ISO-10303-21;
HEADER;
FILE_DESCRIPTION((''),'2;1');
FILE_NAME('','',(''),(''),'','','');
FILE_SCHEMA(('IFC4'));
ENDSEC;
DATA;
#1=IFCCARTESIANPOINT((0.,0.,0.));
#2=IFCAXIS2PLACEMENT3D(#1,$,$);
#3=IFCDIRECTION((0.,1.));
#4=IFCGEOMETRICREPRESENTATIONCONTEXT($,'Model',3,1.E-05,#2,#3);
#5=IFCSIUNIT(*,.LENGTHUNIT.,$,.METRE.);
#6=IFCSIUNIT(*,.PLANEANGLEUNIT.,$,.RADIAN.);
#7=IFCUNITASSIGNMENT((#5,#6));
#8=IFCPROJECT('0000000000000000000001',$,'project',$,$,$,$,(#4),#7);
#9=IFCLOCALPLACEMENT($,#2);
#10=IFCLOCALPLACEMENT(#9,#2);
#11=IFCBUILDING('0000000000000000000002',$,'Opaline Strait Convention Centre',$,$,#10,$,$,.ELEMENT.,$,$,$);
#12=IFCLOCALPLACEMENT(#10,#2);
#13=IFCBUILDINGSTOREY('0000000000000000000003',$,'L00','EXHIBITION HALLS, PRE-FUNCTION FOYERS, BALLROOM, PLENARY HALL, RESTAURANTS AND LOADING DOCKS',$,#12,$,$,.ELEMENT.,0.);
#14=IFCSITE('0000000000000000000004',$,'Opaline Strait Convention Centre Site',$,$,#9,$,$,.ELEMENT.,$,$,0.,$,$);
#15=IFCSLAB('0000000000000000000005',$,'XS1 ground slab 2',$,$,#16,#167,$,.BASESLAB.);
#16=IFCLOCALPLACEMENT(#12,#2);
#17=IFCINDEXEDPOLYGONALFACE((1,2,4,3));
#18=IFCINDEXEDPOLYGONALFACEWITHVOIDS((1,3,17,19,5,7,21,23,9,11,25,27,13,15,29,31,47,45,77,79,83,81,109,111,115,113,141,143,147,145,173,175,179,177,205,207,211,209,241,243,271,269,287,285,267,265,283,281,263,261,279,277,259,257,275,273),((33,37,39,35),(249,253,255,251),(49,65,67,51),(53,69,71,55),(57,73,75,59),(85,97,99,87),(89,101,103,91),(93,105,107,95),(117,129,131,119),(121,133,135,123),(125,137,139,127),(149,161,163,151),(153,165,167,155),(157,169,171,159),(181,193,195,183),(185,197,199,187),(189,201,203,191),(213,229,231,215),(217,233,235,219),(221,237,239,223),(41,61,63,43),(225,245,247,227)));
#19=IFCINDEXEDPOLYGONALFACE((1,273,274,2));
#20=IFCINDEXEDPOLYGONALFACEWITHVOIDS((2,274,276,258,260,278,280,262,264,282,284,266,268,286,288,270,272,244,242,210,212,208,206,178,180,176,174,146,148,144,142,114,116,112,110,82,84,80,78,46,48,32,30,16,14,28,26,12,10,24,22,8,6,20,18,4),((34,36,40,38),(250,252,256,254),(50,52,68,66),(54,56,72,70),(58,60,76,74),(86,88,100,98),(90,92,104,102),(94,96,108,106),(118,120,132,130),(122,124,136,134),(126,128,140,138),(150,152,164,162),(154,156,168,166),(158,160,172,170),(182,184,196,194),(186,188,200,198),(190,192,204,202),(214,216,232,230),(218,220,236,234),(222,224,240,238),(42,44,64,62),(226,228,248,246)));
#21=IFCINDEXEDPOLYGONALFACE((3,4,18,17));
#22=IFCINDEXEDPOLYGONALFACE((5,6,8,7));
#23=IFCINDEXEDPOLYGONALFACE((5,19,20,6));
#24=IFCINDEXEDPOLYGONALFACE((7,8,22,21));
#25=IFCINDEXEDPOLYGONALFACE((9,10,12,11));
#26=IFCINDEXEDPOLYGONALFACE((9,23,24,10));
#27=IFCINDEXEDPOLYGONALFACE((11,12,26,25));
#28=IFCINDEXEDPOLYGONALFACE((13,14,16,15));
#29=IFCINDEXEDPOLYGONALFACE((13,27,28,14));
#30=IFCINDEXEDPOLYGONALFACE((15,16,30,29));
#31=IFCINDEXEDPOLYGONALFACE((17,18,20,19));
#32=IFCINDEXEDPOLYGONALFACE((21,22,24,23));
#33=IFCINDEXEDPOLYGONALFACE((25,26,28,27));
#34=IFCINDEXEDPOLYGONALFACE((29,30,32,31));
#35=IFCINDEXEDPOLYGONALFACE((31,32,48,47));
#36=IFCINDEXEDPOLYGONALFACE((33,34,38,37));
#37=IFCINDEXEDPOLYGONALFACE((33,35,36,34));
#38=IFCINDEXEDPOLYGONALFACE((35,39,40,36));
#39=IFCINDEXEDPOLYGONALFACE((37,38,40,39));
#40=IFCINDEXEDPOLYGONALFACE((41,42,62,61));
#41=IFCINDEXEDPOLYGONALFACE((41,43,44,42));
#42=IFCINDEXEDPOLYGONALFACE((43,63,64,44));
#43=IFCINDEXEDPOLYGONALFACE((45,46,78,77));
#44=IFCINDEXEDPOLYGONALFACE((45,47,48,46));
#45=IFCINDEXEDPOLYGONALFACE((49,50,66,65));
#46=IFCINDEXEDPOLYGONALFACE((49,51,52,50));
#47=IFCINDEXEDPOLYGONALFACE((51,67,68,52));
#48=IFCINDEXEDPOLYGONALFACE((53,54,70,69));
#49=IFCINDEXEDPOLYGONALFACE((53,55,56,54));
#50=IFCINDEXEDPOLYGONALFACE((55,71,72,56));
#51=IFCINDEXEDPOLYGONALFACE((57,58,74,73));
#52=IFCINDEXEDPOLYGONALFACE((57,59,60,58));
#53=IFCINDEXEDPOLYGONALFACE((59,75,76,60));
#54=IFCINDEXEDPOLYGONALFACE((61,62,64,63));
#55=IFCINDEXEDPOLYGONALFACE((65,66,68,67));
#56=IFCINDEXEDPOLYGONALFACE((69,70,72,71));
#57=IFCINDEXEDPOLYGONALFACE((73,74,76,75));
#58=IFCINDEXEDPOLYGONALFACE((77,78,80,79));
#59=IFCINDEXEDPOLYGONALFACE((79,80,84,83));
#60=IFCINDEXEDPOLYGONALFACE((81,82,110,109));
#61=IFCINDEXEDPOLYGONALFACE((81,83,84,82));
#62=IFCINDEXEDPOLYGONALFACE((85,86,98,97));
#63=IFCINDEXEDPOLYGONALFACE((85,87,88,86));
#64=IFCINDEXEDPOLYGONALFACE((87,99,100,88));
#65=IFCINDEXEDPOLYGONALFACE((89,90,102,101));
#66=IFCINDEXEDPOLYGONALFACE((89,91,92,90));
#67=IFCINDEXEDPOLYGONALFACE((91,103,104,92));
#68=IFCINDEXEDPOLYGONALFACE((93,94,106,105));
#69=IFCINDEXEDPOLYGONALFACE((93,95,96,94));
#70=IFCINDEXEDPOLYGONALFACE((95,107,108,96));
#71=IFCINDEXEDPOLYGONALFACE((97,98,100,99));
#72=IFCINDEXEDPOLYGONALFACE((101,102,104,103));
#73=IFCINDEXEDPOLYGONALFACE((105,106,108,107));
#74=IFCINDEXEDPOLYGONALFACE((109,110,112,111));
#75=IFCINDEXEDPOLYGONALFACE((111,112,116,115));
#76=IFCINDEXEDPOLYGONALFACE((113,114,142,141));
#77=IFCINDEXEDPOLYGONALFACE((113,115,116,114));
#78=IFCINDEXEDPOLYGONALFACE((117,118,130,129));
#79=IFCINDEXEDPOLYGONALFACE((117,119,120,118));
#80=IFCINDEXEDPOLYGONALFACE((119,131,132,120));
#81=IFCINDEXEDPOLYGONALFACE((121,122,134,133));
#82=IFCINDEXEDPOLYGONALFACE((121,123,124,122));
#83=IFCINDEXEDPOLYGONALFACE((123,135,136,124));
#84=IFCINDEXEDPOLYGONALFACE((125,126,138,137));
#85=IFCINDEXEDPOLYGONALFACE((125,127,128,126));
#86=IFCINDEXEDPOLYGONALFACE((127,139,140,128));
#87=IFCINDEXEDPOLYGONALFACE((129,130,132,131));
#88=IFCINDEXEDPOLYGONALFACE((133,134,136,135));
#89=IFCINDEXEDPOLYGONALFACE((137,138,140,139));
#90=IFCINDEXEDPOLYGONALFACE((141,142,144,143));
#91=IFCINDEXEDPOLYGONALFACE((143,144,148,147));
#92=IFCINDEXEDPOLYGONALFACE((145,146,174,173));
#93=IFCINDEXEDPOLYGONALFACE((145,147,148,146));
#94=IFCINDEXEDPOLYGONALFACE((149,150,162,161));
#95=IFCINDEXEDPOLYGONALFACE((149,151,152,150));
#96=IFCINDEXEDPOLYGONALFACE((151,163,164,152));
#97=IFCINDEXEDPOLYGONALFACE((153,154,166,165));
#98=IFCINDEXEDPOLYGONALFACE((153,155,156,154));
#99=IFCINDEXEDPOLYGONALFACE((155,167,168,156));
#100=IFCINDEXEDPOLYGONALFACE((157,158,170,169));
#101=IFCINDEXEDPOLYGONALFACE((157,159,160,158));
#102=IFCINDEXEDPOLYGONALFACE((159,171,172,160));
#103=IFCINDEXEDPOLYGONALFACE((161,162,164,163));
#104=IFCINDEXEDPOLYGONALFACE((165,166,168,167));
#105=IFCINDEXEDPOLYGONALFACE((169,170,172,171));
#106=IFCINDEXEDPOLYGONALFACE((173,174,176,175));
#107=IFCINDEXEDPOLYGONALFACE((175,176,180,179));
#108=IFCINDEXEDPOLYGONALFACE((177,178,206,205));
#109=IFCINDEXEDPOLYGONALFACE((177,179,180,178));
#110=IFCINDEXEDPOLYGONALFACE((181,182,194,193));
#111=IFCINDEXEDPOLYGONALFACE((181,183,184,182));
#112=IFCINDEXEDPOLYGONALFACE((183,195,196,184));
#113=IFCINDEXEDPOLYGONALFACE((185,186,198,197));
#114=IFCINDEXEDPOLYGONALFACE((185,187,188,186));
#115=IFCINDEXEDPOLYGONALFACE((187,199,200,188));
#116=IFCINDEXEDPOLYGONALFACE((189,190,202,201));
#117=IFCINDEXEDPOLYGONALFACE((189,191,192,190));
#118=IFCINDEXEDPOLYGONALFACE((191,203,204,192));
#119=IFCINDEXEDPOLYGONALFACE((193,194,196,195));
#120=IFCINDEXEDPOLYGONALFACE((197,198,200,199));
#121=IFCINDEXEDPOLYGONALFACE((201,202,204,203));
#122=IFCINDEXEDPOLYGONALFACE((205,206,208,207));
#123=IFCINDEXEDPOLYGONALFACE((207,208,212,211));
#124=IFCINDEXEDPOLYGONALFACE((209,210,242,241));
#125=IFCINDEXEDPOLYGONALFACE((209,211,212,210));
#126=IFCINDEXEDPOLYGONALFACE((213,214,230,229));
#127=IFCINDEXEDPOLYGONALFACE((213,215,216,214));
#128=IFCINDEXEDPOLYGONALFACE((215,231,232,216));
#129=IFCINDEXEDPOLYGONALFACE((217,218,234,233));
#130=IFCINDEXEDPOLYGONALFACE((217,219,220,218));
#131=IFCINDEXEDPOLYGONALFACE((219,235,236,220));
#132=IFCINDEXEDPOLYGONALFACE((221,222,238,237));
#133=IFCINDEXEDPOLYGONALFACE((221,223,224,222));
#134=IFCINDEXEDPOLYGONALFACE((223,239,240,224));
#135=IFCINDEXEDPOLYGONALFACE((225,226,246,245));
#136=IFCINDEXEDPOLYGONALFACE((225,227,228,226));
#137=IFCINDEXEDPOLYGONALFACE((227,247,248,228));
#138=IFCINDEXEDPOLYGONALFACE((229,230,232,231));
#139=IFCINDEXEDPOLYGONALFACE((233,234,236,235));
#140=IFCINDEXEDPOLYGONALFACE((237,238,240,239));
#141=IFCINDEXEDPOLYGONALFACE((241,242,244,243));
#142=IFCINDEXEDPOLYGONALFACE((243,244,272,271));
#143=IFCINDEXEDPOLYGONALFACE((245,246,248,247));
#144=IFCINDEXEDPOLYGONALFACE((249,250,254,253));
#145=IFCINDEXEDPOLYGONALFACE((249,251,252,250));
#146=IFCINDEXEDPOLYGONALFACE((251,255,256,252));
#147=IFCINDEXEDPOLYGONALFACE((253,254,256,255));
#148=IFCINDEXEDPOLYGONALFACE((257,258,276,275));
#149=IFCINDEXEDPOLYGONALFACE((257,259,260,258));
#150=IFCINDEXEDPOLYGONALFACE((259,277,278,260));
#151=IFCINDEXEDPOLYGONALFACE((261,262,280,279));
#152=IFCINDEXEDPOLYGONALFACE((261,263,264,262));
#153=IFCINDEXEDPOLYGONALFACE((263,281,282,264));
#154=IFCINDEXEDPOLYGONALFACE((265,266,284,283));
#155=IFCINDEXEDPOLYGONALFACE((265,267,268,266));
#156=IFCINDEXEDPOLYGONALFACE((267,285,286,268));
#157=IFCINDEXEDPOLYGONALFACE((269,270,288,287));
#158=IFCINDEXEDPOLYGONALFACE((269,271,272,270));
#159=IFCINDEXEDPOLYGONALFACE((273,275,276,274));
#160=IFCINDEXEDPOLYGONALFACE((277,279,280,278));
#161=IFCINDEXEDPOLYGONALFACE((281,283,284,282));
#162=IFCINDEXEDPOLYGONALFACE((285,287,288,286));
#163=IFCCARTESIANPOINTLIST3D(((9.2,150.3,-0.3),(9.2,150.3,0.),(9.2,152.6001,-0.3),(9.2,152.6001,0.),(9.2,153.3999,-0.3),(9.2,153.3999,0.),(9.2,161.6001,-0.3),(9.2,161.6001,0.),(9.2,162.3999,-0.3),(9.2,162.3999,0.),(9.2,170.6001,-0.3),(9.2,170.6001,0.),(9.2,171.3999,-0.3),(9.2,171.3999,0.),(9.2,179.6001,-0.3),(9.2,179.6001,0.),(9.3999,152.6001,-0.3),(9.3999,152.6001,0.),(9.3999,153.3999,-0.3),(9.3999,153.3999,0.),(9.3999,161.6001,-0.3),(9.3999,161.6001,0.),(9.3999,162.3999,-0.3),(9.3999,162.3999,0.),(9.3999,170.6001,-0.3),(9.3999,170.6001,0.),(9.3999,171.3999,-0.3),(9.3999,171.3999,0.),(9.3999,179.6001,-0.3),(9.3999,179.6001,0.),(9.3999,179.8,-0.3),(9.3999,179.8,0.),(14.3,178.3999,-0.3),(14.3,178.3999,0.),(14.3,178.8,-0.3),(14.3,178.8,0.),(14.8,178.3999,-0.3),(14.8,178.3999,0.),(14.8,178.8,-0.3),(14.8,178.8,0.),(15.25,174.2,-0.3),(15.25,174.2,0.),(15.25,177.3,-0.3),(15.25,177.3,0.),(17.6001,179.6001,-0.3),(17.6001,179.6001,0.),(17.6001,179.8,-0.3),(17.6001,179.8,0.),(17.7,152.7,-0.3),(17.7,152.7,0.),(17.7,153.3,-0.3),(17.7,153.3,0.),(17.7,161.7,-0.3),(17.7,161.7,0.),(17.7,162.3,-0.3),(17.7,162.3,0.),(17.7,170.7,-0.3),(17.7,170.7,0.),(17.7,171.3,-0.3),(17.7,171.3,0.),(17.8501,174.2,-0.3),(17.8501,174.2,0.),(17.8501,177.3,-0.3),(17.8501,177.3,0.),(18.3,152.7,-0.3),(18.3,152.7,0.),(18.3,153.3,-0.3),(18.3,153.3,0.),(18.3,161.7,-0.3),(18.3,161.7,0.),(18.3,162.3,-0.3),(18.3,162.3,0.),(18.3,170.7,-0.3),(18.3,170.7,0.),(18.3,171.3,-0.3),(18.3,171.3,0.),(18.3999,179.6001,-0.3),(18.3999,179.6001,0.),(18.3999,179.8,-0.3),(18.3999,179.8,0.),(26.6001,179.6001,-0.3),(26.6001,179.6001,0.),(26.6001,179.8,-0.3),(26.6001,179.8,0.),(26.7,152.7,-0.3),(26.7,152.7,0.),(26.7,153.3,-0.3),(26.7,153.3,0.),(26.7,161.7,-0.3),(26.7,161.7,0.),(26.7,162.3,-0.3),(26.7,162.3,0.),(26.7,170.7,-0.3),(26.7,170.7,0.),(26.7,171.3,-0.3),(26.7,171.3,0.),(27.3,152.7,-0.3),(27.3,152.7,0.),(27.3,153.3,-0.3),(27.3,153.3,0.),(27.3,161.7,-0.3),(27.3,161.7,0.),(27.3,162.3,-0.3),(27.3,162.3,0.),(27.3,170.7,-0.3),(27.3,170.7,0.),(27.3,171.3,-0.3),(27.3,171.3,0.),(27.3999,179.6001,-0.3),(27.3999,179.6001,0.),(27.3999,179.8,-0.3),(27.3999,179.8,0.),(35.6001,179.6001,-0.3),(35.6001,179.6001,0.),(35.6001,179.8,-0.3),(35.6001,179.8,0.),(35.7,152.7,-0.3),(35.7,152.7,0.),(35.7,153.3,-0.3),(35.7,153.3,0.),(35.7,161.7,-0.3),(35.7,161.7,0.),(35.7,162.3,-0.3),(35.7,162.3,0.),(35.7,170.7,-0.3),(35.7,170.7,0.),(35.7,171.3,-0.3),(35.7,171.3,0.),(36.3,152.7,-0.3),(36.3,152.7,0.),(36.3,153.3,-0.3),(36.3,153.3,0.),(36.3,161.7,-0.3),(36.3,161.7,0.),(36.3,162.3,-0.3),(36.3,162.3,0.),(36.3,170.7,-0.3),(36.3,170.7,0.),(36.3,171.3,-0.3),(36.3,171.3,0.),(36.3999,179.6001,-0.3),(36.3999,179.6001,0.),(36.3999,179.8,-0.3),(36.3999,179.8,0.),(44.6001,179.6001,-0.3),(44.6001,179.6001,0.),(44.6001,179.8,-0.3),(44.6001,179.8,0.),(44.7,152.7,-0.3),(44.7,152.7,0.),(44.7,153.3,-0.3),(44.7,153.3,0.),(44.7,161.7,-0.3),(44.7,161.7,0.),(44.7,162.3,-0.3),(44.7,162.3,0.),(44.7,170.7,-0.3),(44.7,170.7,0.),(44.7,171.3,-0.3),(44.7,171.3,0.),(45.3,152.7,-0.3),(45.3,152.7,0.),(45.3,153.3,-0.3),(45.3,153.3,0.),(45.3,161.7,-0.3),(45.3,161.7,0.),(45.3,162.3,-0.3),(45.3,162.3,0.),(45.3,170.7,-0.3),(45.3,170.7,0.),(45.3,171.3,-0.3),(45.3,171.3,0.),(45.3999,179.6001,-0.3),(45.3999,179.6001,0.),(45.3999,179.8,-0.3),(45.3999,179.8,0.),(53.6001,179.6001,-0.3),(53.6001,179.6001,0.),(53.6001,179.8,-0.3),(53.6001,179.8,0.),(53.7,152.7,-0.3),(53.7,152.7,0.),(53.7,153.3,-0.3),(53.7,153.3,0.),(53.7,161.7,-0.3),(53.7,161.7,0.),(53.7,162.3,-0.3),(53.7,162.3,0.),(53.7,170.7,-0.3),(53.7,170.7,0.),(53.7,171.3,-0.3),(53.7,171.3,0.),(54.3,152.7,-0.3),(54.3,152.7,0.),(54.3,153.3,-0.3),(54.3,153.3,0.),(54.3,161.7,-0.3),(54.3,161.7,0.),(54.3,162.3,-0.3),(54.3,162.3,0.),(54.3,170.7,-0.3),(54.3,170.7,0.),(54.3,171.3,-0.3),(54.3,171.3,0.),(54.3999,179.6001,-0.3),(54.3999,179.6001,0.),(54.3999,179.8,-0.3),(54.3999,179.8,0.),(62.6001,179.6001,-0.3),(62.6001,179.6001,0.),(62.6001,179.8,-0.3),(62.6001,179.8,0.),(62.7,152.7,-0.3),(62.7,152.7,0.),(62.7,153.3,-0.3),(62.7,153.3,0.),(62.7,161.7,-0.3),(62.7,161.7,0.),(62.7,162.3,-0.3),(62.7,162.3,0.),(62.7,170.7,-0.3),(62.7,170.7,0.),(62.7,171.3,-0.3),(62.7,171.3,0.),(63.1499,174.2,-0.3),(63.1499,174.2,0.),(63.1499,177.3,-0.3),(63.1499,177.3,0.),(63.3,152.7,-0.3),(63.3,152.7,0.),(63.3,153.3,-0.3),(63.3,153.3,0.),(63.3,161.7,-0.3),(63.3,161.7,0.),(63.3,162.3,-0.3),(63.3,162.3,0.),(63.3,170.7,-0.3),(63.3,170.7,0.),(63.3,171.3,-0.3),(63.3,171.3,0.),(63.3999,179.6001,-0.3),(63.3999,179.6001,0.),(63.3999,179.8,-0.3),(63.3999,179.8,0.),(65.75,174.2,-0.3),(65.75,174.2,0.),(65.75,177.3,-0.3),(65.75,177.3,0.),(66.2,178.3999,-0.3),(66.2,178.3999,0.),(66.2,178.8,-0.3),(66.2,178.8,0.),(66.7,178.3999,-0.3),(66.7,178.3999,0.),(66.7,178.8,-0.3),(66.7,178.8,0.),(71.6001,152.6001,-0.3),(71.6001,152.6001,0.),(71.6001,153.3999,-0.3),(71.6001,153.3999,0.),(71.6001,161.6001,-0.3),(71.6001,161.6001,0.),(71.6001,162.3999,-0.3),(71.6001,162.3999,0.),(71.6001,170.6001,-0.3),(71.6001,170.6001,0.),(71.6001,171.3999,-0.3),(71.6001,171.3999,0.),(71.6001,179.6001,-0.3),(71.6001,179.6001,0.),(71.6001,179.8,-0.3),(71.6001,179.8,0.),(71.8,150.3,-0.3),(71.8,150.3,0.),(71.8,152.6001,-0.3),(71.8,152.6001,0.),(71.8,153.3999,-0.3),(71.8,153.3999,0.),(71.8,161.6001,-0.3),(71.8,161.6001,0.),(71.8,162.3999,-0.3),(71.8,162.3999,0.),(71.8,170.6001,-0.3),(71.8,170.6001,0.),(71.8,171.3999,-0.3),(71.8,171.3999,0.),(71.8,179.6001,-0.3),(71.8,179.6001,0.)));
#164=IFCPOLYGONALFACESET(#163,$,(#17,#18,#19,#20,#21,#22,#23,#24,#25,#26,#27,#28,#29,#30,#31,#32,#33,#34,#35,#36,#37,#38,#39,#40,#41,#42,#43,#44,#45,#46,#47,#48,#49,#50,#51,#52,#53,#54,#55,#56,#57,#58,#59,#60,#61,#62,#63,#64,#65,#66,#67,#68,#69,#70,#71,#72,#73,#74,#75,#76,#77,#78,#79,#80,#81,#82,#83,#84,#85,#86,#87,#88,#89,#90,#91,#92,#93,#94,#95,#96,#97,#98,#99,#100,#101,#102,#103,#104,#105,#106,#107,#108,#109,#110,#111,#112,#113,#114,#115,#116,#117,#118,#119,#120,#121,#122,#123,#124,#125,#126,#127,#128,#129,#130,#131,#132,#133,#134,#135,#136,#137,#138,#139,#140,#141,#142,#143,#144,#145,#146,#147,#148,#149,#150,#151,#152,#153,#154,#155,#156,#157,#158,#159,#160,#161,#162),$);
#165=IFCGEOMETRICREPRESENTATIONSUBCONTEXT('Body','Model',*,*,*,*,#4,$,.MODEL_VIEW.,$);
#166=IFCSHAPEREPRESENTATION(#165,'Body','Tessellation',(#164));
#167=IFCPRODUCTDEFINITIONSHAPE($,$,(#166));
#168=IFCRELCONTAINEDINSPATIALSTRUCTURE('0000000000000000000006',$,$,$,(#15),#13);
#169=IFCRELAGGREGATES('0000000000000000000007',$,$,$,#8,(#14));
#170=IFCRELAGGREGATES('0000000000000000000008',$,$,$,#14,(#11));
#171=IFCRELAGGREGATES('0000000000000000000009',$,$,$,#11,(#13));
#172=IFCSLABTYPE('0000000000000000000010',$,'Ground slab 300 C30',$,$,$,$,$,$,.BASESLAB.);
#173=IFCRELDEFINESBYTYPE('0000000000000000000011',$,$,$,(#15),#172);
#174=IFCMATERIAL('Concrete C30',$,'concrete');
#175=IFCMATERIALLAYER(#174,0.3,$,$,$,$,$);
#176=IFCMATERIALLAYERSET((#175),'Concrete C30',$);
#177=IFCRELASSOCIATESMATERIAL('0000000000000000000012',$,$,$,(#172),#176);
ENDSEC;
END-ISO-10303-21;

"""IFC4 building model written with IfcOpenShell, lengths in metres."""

from ifc_helpers import new_model, si_unit, direction, frame, origin, place, context, subcontext, project, spatial, polyline, outline, extrude, material, layer, layer_set, type_object, element, save


model = new_model("IFC4")

# Units and contexts
model_context = context("Model", 3, precision=1e-05, world=origin(), true_north=direction((0.0, 1.0)))
body_context = subcontext(model_context, "Body", "Model", "MODEL_VIEW")
ifc_project = project(units=[si_unit("LENGTHUNIT", "METRE"), si_unit("PLANEANGLEUNIT", "RADIAN")], contexts=[model_context])

# Site, building, storey
site_placement = place(None, origin())
site = spatial("IfcSite", under=ifc_project, at=site_placement, Name="Opaline Strait Convention Centre Site", CompositionType="ELEMENT", RefElevation=0.0)
building_placement = place(site_placement, origin())
building = spatial("IfcBuilding", under=site, at=building_placement, Name="Opaline Strait Convention Centre", CompositionType="ELEMENT")
storey_placement = place(building_placement, origin())
storey = spatial("IfcBuildingStorey", under=building, at=storey_placement, Name="L00", Description="EXHIBITION HALLS, PRE-FUNCTION FOYERS, BALLROOM, PLENARY HALL, RESTAURANTS AND LOADING DOCKS", CompositionType="ELEMENT", Elevation=0.0)

# Slab
ifc_material = material(Name="Concrete C30", Category="concrete")
ifc_layer_1 = layer(ifc_material, 0.3)
ifc_layer_set_1 = layer_set([ifc_layer_1], Name="Concrete C30")
slab_type_1 = type_object("IfcSlabType", Name="Ground slab 300 C30", PredefinedType="BASESLAB", material=ifc_layer_set_1)
slab_1_placement = place(storey_placement, frame((0.0, 0.0, -0.3)))
element("IfcSlab", 1, at=slab_1_placement, inside=storey, type_object=slab_type_1, Name="XS1 ground slab 2", PredefinedType="BASESLAB", context=body_context, shape_type="SweptSolid", body=[
    extrude(outline(polyline([(9.2, 150.3), (9.2, 152.6001), (9.3999, 152.6001), (9.3999, 153.3999), (9.2, 153.3999), (9.2, 161.6001), (9.3999, 161.6001), (9.3999, 162.3999), (9.2, 162.3999), (9.2, 170.6001), (9.3999, 170.6001), (9.3999, 171.3999), (9.2, 171.3999), (9.2, 179.6001), (9.3999, 179.6001), (9.3999, 179.8), (17.6001, 179.8), (17.6001, 179.6001), (18.3999, 179.6001), (18.3999, 179.8), (26.6001, 179.8), (26.6001, 179.6001), (27.3999, 179.6001), (27.3999, 179.8), (35.6001, 179.8), (35.6001, 179.6001), (36.3999, 179.6001), (36.3999, 179.8), (44.6001, 179.8), (44.6001, 179.6001), (45.3999, 179.6001), (45.3999, 179.8), (53.6001, 179.8), (53.6001, 179.6001), (54.3999, 179.6001), (54.3999, 179.8), (62.6001, 179.8), (62.6001, 179.6001), (63.3999, 179.6001), (63.3999, 179.8), (71.6001, 179.8), (71.6001, 179.6001), (71.8, 179.6001), (71.8, 171.3999), (71.6001, 171.3999), (71.6001, 170.6001), (71.8, 170.6001), (71.8, 162.3999), (71.6001, 162.3999), (71.6001, 161.6001), (71.8, 161.6001), (71.8, 153.3999), (71.6001, 153.3999), (71.6001, 152.6001), (71.8, 152.6001), (71.8, 150.3), (9.2, 150.3)]), holes=[polyline([(15.25, 174.2), (17.8501, 174.2), (17.8501, 177.3), (15.25, 177.3), (15.25, 174.2)]), polyline([(63.1499, 177.3), (63.1499, 174.2), (65.75, 174.2), (65.75, 177.3), (63.1499, 177.3)]), polyline([(26.7, 152.7), (27.3, 152.7), (27.3, 153.3), (26.7, 153.3), (26.7, 152.7)]), polyline([(17.7, 152.7), (18.3, 152.7), (18.3, 153.3), (17.7, 153.3), (17.7, 152.7)]), polyline([(26.7, 161.7), (27.3, 161.7), (27.3, 162.3), (26.7, 162.3), (26.7, 161.7)]), polyline([(17.7, 161.7), (18.3, 161.7), (18.3, 162.3), (17.7, 162.3), (17.7, 161.7)]), polyline([(17.7, 170.7), (18.3, 170.7), (18.3, 171.3), (17.7, 171.3), (17.7, 170.7)]), polyline([(14.3, 178.3999), (14.8, 178.3999), (14.8, 178.8), (14.3, 178.8), (14.3, 178.3999)]), polyline([(35.7, 152.7), (36.3, 152.7), (36.3, 153.3), (35.7, 153.3), (35.7, 152.7)]), polyline([(44.7, 152.7), (45.3, 152.7), (45.3, 153.3), (44.7, 153.3), (44.7, 152.7)]), polyline([(54.3, 152.7), (54.3, 153.3), (53.7, 153.3), (53.7, 152.7), (54.3, 152.7)]), polyline([(35.7, 161.7), (36.3, 161.7), (36.3, 162.3), (35.7, 162.3), (35.7, 161.7)]), polyline([(44.7, 161.7), (45.3, 161.7), (45.3, 162.3), (44.7, 162.3), (44.7, 161.7)]), polyline([(53.7, 161.7), (54.3, 161.7), (54.3, 162.3), (53.7, 162.3), (53.7, 161.7)]), polyline([(44.7, 170.7), (45.3, 170.7), (45.3, 171.3), (44.7, 171.3), (44.7, 170.7)]), polyline([(35.7, 170.7), (36.3, 170.7), (36.3, 171.3), (35.7, 171.3), (35.7, 170.7)]), polyline([(26.7, 170.7), (27.3, 170.7), (27.3, 171.3), (26.7, 171.3), (26.7, 170.7)]), polyline([(62.7, 152.7), (63.3, 152.7), (63.3, 153.3), (62.7, 153.3), (62.7, 152.7)]), polyline([(62.7, 161.7), (63.3, 161.7), (63.3, 162.3), (62.7, 162.3), (62.7, 161.7)]), polyline([(62.7, 170.7), (63.3, 170.7), (63.3, 171.3), (62.7, 171.3), (62.7, 170.7)]), polyline([(53.7, 170.7), (54.3, 170.7), (54.3, 171.3), (53.7, 171.3), (53.7, 170.7)]), polyline([(66.2, 178.3999), (66.7, 178.3999), (66.7, 178.8), (66.2, 178.8), (66.2, 178.3999)])]), origin(), (0.0, 0.0, 1.0), 0.3),
])

save(model, "model.ifc")
